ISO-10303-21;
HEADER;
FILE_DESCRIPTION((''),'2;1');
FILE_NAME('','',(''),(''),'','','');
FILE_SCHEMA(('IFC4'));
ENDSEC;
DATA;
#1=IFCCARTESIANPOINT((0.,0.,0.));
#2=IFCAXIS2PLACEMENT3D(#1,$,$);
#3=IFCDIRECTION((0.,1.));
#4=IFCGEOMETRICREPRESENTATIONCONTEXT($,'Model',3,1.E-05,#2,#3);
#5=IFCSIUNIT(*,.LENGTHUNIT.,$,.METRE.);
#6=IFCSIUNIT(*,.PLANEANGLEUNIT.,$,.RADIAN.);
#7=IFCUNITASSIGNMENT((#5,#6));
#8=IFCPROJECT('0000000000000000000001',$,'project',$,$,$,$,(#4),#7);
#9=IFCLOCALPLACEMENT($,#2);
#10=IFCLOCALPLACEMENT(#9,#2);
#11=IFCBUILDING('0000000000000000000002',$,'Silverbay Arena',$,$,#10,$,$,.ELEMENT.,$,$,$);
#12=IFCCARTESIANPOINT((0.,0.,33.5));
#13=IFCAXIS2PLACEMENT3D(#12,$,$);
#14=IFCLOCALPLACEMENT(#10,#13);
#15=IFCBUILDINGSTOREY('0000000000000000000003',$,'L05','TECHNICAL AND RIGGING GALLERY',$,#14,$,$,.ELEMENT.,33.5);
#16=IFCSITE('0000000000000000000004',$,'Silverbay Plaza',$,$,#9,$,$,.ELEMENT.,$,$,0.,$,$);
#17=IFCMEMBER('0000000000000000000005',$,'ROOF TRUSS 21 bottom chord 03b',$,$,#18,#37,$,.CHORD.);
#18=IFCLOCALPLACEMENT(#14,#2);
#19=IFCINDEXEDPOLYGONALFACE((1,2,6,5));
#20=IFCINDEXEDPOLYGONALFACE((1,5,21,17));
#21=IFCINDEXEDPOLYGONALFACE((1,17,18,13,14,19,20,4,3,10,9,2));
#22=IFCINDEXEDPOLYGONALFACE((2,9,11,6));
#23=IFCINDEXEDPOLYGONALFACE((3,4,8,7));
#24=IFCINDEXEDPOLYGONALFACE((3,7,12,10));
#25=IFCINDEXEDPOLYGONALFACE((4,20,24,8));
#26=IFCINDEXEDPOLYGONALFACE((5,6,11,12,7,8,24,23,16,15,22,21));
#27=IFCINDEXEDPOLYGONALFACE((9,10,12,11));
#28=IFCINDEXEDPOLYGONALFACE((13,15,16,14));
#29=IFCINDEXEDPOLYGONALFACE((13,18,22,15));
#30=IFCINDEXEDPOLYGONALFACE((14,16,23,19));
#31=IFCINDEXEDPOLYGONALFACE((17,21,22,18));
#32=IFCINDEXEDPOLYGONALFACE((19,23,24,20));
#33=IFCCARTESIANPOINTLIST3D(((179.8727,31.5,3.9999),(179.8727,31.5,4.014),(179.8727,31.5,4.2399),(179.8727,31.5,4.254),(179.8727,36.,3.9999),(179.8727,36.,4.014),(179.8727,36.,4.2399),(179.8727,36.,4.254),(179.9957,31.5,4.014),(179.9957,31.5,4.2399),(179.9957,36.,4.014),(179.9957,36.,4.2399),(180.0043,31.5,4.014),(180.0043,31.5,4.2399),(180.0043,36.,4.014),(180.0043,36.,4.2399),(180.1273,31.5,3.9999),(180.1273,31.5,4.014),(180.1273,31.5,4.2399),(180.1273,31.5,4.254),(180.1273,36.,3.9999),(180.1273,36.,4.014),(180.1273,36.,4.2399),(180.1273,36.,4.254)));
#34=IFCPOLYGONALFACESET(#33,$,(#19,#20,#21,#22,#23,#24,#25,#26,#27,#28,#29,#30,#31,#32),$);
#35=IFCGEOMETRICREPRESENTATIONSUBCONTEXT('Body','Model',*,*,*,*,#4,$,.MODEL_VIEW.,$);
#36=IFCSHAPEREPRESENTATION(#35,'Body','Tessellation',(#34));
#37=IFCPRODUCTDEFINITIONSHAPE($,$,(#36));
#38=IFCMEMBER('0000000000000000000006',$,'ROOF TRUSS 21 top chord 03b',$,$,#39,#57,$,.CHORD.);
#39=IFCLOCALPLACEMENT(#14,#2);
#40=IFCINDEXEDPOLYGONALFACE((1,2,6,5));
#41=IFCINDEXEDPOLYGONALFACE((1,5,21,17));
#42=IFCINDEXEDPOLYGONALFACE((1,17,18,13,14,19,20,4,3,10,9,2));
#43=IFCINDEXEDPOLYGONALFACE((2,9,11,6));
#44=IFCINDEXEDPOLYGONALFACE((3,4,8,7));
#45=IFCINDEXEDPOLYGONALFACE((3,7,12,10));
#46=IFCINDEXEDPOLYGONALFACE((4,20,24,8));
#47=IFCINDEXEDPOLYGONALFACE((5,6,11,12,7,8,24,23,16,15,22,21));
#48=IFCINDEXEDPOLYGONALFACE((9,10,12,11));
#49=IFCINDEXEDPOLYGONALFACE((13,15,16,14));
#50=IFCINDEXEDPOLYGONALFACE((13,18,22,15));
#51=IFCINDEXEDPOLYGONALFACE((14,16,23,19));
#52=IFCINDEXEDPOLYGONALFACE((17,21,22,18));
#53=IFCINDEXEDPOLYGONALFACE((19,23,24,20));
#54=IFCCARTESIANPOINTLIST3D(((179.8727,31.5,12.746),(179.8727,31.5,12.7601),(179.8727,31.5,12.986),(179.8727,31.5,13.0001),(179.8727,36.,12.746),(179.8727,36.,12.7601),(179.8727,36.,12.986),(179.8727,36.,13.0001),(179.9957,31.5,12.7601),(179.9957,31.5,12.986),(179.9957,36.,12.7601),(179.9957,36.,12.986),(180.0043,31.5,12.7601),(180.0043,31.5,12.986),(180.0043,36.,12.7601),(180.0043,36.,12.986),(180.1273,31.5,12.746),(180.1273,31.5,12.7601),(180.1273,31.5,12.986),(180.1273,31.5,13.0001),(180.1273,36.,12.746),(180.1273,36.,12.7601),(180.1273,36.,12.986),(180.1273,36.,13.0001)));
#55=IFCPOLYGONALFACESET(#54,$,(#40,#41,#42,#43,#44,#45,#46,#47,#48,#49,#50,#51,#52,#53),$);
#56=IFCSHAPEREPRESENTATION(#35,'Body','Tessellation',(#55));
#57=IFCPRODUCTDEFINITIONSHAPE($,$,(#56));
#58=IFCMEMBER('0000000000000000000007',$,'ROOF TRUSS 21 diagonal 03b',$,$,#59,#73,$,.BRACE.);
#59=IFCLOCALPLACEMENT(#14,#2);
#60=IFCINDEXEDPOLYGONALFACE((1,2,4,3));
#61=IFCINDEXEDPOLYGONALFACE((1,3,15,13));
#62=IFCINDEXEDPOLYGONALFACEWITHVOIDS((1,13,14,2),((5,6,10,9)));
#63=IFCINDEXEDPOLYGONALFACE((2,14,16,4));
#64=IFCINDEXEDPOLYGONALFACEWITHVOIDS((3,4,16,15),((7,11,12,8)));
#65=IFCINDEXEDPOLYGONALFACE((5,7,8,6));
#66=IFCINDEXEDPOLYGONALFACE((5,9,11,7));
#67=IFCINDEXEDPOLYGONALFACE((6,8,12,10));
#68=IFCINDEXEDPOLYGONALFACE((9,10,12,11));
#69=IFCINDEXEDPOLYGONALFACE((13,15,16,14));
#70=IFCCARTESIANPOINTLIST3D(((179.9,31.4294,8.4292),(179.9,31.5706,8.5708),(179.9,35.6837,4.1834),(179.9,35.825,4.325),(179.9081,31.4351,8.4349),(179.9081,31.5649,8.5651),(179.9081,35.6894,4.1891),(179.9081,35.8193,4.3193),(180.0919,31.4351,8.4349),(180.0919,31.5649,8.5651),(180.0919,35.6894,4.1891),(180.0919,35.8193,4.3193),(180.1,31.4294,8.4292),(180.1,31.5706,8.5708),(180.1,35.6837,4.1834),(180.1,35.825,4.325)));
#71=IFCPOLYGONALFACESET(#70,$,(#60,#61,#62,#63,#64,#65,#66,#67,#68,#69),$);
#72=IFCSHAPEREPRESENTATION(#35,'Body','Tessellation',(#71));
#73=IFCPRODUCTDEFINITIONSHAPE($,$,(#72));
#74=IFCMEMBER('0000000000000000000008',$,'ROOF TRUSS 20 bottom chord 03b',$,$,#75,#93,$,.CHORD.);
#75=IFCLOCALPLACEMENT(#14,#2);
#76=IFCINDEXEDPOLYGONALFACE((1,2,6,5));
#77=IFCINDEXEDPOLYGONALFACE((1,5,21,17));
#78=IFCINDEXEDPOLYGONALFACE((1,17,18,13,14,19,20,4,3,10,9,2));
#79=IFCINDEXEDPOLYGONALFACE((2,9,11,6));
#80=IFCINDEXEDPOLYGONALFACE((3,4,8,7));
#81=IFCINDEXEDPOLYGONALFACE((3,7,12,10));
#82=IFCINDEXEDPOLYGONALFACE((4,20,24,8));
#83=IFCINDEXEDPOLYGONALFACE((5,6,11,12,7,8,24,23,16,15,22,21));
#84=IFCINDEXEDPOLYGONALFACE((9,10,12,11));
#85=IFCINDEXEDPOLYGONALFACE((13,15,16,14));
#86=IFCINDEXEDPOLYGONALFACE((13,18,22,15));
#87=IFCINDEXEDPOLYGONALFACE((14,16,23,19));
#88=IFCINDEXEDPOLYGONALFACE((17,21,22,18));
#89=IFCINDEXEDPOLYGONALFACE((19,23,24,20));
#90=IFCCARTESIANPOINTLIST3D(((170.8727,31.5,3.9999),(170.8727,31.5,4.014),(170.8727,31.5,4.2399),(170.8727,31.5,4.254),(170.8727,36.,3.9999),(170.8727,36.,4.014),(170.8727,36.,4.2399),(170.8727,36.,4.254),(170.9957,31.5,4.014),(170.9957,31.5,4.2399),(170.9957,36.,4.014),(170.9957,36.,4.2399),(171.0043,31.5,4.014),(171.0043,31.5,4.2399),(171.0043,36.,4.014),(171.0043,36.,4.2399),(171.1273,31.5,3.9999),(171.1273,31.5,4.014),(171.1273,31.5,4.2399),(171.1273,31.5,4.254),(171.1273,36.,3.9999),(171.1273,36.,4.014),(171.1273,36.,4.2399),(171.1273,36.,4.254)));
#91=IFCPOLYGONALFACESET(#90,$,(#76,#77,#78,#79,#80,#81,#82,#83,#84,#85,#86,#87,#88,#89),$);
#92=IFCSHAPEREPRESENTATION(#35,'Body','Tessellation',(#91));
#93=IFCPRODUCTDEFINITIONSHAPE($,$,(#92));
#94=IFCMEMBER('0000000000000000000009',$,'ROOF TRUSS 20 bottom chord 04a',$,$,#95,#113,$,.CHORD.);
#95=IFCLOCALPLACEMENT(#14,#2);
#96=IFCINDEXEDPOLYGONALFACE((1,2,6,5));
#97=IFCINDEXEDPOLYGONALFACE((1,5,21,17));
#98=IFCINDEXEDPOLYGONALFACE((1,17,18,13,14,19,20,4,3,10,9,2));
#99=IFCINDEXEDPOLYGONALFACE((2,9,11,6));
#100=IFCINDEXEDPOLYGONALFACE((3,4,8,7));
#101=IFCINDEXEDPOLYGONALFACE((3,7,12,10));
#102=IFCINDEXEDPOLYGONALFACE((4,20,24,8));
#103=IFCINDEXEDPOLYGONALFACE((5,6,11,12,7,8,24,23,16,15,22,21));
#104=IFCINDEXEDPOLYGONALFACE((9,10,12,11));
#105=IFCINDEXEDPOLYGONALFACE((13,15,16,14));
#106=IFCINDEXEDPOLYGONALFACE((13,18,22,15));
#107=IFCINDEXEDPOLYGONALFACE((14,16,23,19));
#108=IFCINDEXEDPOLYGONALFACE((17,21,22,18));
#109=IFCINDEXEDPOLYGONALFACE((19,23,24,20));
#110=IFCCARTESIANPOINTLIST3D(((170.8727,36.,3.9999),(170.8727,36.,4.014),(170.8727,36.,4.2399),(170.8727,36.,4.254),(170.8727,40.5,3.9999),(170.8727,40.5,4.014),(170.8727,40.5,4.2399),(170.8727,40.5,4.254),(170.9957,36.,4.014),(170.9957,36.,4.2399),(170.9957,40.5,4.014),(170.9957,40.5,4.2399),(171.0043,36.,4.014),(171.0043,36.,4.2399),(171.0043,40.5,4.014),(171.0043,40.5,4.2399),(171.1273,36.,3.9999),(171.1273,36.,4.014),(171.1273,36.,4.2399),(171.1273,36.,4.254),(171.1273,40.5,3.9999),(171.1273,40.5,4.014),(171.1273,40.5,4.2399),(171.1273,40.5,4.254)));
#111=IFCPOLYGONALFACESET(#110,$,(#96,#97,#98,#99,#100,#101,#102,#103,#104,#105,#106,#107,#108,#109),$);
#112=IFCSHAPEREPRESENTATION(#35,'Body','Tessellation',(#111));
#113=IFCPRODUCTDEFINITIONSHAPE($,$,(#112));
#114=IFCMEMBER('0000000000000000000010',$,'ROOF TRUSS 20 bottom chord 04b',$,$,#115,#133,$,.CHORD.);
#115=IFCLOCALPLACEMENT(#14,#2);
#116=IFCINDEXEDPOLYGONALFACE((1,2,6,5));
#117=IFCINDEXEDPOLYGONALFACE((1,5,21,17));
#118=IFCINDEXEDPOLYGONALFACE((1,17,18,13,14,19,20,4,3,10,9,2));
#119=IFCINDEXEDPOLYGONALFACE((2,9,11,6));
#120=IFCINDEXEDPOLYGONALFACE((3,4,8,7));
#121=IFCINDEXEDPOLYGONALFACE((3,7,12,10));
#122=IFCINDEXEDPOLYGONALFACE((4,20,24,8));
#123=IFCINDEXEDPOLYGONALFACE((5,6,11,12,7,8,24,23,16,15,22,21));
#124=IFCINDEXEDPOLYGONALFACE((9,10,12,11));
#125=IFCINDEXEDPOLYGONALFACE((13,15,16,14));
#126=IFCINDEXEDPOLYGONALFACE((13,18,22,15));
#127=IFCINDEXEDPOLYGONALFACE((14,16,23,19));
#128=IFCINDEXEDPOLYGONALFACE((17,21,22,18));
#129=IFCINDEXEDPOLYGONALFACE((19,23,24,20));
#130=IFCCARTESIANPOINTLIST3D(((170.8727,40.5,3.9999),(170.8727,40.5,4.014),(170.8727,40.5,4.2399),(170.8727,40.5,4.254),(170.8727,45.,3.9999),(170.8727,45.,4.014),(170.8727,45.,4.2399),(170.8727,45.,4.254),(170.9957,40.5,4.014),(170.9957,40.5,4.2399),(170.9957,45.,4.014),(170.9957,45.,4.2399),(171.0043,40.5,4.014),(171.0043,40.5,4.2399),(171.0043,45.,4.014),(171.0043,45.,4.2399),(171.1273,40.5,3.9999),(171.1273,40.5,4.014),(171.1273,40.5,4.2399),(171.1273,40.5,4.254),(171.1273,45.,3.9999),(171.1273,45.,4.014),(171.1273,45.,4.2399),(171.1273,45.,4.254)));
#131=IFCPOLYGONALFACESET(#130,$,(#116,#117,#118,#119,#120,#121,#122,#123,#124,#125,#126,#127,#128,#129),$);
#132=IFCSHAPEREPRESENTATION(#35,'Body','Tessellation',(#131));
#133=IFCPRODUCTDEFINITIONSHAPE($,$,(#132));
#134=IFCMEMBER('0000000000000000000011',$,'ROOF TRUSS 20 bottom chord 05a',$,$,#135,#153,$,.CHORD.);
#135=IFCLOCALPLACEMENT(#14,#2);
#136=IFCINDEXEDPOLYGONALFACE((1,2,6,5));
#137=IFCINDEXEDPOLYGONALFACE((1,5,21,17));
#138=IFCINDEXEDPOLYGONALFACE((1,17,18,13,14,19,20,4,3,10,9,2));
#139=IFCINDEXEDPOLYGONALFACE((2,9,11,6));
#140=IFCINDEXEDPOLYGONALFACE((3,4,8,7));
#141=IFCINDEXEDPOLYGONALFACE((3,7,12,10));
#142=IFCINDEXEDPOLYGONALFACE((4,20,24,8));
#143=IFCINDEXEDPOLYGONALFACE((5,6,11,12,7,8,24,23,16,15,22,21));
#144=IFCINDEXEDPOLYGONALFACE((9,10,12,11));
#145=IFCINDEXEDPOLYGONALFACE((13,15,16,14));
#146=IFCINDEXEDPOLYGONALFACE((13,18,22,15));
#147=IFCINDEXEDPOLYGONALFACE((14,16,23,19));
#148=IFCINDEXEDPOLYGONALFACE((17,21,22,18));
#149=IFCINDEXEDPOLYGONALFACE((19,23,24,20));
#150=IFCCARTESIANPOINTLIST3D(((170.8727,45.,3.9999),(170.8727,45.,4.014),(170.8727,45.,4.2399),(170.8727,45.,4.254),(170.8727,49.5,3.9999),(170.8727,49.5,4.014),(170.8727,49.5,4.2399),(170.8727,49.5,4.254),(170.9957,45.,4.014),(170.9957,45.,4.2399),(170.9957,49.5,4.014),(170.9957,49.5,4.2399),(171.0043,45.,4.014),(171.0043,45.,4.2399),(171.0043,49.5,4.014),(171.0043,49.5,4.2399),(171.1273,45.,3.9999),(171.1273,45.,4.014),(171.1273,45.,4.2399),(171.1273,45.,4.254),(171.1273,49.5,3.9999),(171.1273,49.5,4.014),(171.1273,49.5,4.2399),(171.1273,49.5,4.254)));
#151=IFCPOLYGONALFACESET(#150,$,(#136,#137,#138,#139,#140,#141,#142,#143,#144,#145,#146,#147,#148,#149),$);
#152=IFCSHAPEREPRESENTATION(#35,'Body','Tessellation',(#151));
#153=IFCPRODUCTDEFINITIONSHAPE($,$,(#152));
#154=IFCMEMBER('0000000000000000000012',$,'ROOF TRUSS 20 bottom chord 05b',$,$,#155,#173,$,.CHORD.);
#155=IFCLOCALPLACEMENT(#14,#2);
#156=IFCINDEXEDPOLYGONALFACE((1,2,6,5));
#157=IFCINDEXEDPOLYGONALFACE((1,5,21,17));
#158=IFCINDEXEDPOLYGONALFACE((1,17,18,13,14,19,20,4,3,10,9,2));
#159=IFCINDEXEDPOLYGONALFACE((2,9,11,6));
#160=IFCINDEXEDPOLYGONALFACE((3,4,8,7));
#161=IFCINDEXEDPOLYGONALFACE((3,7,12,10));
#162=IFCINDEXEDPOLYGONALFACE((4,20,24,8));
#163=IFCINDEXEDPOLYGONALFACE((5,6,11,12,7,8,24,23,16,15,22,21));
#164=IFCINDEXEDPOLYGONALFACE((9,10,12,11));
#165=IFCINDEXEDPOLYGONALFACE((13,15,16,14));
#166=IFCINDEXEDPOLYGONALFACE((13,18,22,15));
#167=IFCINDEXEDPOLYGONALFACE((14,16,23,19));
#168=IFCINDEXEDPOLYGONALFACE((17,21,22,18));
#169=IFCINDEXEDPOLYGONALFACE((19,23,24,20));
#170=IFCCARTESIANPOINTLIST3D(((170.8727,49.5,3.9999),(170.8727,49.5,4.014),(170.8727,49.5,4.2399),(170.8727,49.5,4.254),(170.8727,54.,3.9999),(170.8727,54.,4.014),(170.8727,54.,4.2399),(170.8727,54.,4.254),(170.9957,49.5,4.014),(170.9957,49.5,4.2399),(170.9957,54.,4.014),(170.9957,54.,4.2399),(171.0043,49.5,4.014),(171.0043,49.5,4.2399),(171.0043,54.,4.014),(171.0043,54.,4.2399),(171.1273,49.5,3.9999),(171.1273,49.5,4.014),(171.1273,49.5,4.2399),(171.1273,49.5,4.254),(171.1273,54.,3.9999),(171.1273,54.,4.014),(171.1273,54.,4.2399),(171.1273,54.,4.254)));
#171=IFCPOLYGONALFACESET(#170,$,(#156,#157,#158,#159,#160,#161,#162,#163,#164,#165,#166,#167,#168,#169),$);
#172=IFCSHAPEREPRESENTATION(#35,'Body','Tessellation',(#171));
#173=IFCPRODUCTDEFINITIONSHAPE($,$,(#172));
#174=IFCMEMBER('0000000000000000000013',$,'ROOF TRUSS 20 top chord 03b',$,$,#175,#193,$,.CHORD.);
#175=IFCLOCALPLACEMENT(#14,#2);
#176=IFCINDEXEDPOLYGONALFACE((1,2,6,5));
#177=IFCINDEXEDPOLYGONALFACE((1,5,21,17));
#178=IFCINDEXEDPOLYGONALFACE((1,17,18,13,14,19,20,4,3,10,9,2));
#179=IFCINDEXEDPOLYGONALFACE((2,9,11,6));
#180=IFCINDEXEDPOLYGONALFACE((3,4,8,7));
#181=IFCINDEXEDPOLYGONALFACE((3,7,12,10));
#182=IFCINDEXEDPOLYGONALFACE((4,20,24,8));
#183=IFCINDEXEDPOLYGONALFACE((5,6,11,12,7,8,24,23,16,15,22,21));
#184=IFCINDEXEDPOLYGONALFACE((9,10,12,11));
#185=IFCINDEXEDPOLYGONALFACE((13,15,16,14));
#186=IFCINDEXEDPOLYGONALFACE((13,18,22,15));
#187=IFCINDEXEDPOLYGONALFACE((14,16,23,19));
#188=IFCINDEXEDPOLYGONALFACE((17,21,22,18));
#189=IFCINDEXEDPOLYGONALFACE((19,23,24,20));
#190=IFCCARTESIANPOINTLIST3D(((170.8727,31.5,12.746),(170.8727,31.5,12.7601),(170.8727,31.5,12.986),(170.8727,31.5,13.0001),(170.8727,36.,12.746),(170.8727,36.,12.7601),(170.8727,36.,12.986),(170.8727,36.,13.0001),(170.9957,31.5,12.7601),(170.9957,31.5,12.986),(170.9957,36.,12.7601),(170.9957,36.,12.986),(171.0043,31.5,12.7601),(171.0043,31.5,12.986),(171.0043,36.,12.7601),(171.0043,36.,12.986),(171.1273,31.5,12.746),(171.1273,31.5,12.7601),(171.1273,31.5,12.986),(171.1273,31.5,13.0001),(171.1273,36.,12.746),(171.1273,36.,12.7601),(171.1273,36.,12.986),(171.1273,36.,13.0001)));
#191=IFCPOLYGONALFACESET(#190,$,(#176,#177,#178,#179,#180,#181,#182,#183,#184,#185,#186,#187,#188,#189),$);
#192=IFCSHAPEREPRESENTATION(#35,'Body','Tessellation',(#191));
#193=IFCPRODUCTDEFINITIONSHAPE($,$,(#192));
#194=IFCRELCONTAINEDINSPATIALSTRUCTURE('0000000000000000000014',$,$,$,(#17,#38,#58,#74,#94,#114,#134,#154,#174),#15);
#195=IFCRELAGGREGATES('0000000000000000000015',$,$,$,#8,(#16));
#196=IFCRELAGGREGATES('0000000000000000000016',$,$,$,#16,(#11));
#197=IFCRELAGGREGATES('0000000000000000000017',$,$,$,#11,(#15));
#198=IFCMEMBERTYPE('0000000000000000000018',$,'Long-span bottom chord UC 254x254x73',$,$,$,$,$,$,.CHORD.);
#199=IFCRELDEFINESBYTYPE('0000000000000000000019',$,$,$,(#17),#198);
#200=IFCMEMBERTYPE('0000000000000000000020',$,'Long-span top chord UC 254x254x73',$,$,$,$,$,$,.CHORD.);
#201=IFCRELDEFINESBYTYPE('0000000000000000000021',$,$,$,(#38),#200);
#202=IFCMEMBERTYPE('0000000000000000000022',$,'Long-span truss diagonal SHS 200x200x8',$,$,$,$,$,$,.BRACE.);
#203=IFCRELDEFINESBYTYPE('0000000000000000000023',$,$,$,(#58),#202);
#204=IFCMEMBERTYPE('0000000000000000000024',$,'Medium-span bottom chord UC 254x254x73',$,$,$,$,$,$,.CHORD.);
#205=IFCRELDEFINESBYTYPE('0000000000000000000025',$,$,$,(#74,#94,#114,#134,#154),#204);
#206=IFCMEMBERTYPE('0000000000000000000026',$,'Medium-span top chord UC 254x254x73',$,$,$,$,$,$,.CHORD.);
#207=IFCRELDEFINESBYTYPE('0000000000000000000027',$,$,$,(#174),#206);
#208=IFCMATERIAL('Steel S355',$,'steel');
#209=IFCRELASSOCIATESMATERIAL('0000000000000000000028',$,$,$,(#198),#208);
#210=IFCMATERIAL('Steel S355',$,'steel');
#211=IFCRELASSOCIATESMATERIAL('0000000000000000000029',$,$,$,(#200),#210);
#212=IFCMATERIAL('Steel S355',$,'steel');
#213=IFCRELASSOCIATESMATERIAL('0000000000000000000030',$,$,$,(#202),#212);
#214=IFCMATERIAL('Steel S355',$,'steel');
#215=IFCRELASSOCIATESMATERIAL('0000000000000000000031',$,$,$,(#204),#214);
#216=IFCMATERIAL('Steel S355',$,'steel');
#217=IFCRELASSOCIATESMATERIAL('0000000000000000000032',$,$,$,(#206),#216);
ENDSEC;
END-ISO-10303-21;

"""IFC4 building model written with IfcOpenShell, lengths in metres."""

from ifc_helpers import new_model, si_unit, direction, frame, origin, origin_2d, place, context, subcontext, project, spatial, hollow_rectangle, i_section, extrude, material, material_profile, profile_set, type_object, element, save


model = new_model("IFC4")

# Units and contexts
model_context = context("Model", 3, precision=1e-05, world=origin(), true_north=direction((0.0, 1.0)))
body_context = subcontext(model_context, "Body", "Model", "MODEL_VIEW")
ifc_project = project(units=[si_unit("LENGTHUNIT", "METRE"), si_unit("PLANEANGLEUNIT", "RADIAN")], contexts=[model_context])

# Site, building, storey
site_placement = place(None, origin())
site = spatial("IfcSite", under=ifc_project, at=site_placement, Name="Silverbay Plaza", CompositionType="ELEMENT", RefElevation=0.0)
building_placement = place(site_placement, origin())
building = spatial("IfcBuilding", under=site, at=building_placement, Name="Silverbay Arena", CompositionType="ELEMENT")
storey_placement = place(building_placement, frame((0.0, 0.0, 33.5)))
storey = spatial("IfcBuildingStorey", under=building, at=storey_placement, Name="L05", Description="TECHNICAL AND RIGGING GALLERY", CompositionType="ELEMENT", Elevation=33.5)

# Members
ifc_material_1 = material(Name="Steel S355", Category="steel")
ifc_material_profile_1 = material_profile(ifc_material_1, i_section(OverallWidth=0.2546, OverallDepth=0.2542, WebThickness=0.0085, FlangeThickness=0.0142, at=origin_2d()), Name="UC 254x254x73")
ifc_profile_set_1 = profile_set([ifc_material_profile_1], Name="Steel S355")
member_type_1 = type_object("IfcMemberType", Name="Long-span bottom chord UC 254x254x73", PredefinedType="CHORD", material=ifc_profile_set_1)
member_1_placement = place(storey_placement, frame((180.0, 31.5, 4.127), z_axis=(0.0, 1.0, 0.0), x_axis=(-1.0, 0.0, 0.0)))
element("IfcMember", 1, at=member_1_placement, inside=storey, type_object=member_type_1, Name="ROOF TRUSS 21 bottom chord 03b", PredefinedType="CHORD", context=body_context, shape_type="SweptSolid", body=[
    extrude(i_section(OverallWidth=0.2546, OverallDepth=0.2542, WebThickness=0.0085, FlangeThickness=0.0142, at=origin_2d()), origin(), (0.0, 0.0, 1.0), 4.5),
])
ifc_material_2 = material(Name="Steel S355", Category="steel")
ifc_material_profile_2 = material_profile(ifc_material_2, i_section(OverallWidth=0.2546, OverallDepth=0.2542, WebThickness=0.0085, FlangeThickness=0.0142, at=origin_2d()), Name="UC 254x254x73")
ifc_profile_set_2 = profile_set([ifc_material_profile_2], Name="Steel S355")
member_type_2 = type_object("IfcMemberType", Name="Long-span top chord UC 254x254x73", PredefinedType="CHORD", material=ifc_profile_set_2)
member_2_placement = place(storey_placement, frame((180.0, 31.5, 12.873), z_axis=(0.0, 1.0, 0.0), x_axis=(-1.0, 0.0, 0.0)))
element("IfcMember", 2, at=member_2_placement, inside=storey, type_object=member_type_2, Name="ROOF TRUSS 21 top chord 03b", PredefinedType="CHORD", context=body_context, shape_type="SweptSolid", body=[
    extrude(i_section(OverallWidth=0.2546, OverallDepth=0.2542, WebThickness=0.0085, FlangeThickness=0.0142, at=origin_2d()), origin(), (0.0, 0.0, 1.0), 4.5),
])
ifc_material_3 = material(Name="Steel S355", Category="steel")
ifc_material_profile_3 = material_profile(ifc_material_3, hollow_rectangle(XDim=0.2, YDim=0.2, WallThickness=0.0081, at=origin_2d()), Name="SHS 200x200x8")
ifc_profile_set_3 = profile_set([ifc_material_profile_3], Name="Steel S355")
member_type_3 = type_object("IfcMemberType", Name="Long-span truss diagonal SHS 200x200x8", PredefinedType="BRACE", material=ifc_profile_set_3)
member_3_placement = place(storey_placement, frame((180.0, 31.5, 8.5), z_axis=(0.0, 0.707817, -0.706396), x_axis=(-1.0, 0.0, 0.0)))
element("IfcMember", 3, at=member_3_placement, inside=storey, type_object=member_type_3, Name="ROOF TRUSS 21 diagonal 03b", PredefinedType="BRACE", context=body_context, shape_type="SweptSolid", body=[
    extrude(hollow_rectangle(XDim=0.2, YDim=0.2, WallThickness=0.0081, at=origin_2d()), origin(), (0.0, 0.0, 1.0), 6.0105),
])
ifc_material_4 = material(Name="Steel S355", Category="steel")
ifc_material_profile_4 = material_profile(ifc_material_4, i_section(OverallWidth=0.2546, OverallDepth=0.2542, WebThickness=0.0085, FlangeThickness=0.0142, at=origin_2d()), Name="UC 254x254x73")
ifc_profile_set_4 = profile_set([ifc_material_profile_4], Name="Steel S355")
member_type_4 = type_object("IfcMemberType", Name="Medium-span bottom chord UC 254x254x73", PredefinedType="CHORD", material=ifc_profile_set_4)
for number, where, z_axis, x_axis, name in (
    (4, (171.0, 31.5, 4.127), (0.0, 1.0, 0.0), (-1.0, 0.0, 0.0), "ROOF TRUSS 20 bottom chord 03b"),
    (5, (171.0, 36.0, 4.127), (0.0, 1.0, 0.0), (-1.0, 0.0, 0.0), "ROOF TRUSS 20 bottom chord 04a"),
    (6, (171.0, 40.5, 4.127), (0.0, 1.0, 0.0), (-1.0, 0.0, 0.0), "ROOF TRUSS 20 bottom chord 04b"),
    (7, (171.0, 45.0, 4.127), (0.0, 1.0, 0.0), (-1.0, 0.0, 0.0), "ROOF TRUSS 20 bottom chord 05a"),
    (8, (171.0, 49.5, 4.127), (0.0, 1.0, 0.0), (-1.0, 0.0, 0.0), "ROOF TRUSS 20 bottom chord 05b"),
):
    element("IfcMember", number, at=place(storey_placement, frame(where, z_axis=z_axis, x_axis=x_axis)), inside=storey, type_object=member_type_4, Name=name, PredefinedType="CHORD", context=body_context, shape_type="SweptSolid", body=[
        extrude(i_section(OverallWidth=0.2546, OverallDepth=0.2542, WebThickness=0.0085, FlangeThickness=0.0142, at=origin_2d()), origin(), (0.0, 0.0, 1.0), 4.5),
    ])
ifc_material_5 = material(Name="Steel S355", Category="steel")
ifc_material_profile_5 = material_profile(ifc_material_5, i_section(OverallWidth=0.2546, OverallDepth=0.2542, WebThickness=0.0085, FlangeThickness=0.0142, at=origin_2d()), Name="UC 254x254x73")
ifc_profile_set_5 = profile_set([ifc_material_profile_5], Name="Steel S355")
member_type_5 = type_object("IfcMemberType", Name="Medium-span top chord UC 254x254x73", PredefinedType="CHORD", material=ifc_profile_set_5)
for number, where, z_axis, x_axis, name in (
    (9, (171.0, 31.5, 12.873), (0.0, 1.0, 0.0), (-1.0, 0.0, 0.0), "ROOF TRUSS 20 top chord 03b"),
):
    element("IfcMember", number, at=place(storey_placement, frame(where, z_axis=z_axis, x_axis=x_axis)), inside=storey, type_object=member_type_5, Name=name, PredefinedType="CHORD", context=body_context, shape_type="SweptSolid", body=[
        extrude(i_section(OverallWidth=0.2546, OverallDepth=0.2542, WebThickness=0.0085, FlangeThickness=0.0142, at=origin_2d()), origin(), (0.0, 0.0, 1.0), 4.5),
    ])

save(model, "model.ifc")
